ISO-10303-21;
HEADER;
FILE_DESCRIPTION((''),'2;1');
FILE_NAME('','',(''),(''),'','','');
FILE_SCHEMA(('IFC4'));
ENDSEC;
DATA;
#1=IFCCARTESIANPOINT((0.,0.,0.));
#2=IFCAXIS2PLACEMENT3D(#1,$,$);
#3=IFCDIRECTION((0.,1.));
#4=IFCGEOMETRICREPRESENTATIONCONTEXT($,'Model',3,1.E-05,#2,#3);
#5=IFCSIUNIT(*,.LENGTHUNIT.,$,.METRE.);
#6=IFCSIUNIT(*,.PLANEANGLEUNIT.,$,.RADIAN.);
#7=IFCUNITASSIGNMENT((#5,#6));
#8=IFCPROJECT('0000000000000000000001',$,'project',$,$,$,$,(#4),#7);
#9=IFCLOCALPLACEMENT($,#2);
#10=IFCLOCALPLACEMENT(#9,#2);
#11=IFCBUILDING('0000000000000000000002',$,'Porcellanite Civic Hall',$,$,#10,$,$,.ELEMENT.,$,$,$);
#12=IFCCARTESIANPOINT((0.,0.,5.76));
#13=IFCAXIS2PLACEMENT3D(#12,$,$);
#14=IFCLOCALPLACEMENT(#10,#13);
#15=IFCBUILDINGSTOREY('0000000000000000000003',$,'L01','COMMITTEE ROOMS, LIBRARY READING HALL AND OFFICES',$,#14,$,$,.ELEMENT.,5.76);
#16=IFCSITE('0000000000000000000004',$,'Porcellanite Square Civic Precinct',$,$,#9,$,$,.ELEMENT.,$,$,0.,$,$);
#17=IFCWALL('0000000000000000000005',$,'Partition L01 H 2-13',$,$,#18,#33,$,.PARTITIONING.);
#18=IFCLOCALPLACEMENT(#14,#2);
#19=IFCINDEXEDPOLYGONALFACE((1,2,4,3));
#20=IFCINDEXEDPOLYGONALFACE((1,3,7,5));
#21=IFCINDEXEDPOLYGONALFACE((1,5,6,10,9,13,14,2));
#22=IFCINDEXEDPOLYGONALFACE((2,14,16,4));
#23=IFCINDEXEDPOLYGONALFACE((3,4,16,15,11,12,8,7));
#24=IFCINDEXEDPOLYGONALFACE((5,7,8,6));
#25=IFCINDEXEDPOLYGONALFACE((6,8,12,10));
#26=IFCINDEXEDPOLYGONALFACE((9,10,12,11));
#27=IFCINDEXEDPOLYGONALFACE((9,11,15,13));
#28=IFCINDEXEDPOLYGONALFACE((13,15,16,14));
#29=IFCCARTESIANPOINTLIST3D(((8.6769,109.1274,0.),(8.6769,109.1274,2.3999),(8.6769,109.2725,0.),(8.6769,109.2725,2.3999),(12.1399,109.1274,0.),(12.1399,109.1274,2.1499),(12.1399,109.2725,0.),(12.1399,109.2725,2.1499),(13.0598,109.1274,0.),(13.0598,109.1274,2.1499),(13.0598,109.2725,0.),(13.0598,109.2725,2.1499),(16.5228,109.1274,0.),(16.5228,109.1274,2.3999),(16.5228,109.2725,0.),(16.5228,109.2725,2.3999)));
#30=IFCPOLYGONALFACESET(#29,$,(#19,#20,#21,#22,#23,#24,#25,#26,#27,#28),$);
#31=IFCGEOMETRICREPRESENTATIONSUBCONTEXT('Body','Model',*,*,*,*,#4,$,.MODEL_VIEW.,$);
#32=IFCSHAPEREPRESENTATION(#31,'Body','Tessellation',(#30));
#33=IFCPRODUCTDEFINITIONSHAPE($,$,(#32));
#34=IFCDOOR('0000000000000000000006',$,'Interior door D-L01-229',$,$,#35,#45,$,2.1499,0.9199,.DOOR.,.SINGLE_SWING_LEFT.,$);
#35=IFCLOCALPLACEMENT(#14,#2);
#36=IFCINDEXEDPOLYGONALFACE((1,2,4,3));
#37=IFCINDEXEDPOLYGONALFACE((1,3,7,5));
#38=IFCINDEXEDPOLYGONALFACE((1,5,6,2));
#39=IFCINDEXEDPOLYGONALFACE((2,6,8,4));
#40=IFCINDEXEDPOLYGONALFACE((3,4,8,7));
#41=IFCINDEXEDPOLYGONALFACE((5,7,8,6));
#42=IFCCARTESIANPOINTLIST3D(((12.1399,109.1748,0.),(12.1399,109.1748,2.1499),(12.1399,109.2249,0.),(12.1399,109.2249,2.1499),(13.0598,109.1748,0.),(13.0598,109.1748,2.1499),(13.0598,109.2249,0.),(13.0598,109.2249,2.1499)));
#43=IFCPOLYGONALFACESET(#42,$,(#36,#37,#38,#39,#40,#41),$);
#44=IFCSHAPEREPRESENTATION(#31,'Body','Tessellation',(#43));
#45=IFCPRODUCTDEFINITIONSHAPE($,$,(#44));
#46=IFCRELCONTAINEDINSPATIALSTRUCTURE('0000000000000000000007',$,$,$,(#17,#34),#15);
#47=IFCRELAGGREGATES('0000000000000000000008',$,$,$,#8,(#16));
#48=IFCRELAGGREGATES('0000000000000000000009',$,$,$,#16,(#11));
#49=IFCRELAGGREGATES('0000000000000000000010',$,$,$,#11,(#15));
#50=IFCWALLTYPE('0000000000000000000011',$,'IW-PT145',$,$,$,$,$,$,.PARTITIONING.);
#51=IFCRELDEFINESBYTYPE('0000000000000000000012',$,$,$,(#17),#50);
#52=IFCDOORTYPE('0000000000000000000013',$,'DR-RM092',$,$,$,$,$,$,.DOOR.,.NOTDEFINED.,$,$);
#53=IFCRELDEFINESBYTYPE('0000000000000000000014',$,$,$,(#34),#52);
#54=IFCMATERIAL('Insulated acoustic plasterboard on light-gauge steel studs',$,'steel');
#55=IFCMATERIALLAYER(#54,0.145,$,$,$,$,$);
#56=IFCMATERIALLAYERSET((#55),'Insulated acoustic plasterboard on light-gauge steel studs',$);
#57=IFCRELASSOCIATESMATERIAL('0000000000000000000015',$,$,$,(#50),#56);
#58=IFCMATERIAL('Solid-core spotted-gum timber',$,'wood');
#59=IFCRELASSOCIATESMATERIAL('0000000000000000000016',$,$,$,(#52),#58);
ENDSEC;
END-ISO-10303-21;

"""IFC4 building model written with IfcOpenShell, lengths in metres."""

from ifc_helpers import new_model, si_unit, direction, frame, frame_2d, origin, place, context, subcontext, project, spatial, rectangle, extrude, material, layer, layer_set, type_object, element, fill, save


model = new_model("IFC4")

# Units and contexts
model_context = context("Model", 3, precision=1e-05, world=origin(), true_north=direction((0.0, 1.0)))
body_context = subcontext(model_context, "Body", "Model", "MODEL_VIEW")
ifc_project = project(units=[si_unit("LENGTHUNIT", "METRE"), si_unit("PLANEANGLEUNIT", "RADIAN")], contexts=[model_context])

# Site, building, storey
site_placement = place(None, origin())
site = spatial("IfcSite", under=ifc_project, at=site_placement, Name="Porcellanite Square Civic Precinct", CompositionType="ELEMENT", RefElevation=0.0)
building_placement = place(site_placement, origin())
building = spatial("IfcBuilding", under=site, at=building_placement, Name="Porcellanite Civic Hall", CompositionType="ELEMENT")
storey_placement = place(building_placement, frame((0.0, 0.0, 5.76)))
storey = spatial("IfcBuildingStorey", under=building, at=storey_placement, Name="L01", Description="COMMITTEE ROOMS, LIBRARY READING HALL AND OFFICES", CompositionType="ELEMENT", Elevation=5.76)

# Wall, opening, door
ifc_material_1 = material(Name="Insulated acoustic plasterboard on light-gauge steel studs", Category="steel")
ifc_layer_1 = layer(ifc_material_1, 0.145)
ifc_layer_set_1 = layer_set([ifc_layer_1], Name="Insulated acoustic plasterboard on light-gauge steel studs")
wall_type_1 = type_object("IfcWallType", Name="IW-PT145", PredefinedType="PARTITIONING", material=ifc_layer_set_1)
wall_1_placement = place(storey_placement, frame((8.677, 109.2, 0.0), z_axis=(0.0, 0.0, 1.0), x_axis=(1.0, 0.0, 0.0)))
wall_1 = element("IfcWall", 1, at=wall_1_placement, inside=storey, type_object=wall_type_1, Name="Partition L01 H 2-13", PredefinedType="PARTITIONING", context=body_context, shape_type="SweptSolid", body=[
    extrude(rectangle(XDim=7.8459, YDim=0.145, at=frame_2d((3.9229, 0.0))), origin(), (0.0, 0.0, 1.0), 2.3999),
])
opening_1_placement = place(wall_1_placement, frame((3.4629, 0.0, 0.0)))
opening_1 = element("IfcOpeningElement", 2, at=opening_1_placement, cuts=wall_1, PredefinedType="OPENING", context=body_context, shape_type="SweptSolid", body=[
    extrude(rectangle(XDim=0.9199, YDim=2.1499, at=frame_2d((0.46, 1.075))), frame((0.0, 0.0725, 0.0), z_axis=(0.0, -1.0, 0.0), x_axis=(1.0, 0.0, 0.0)), (0.0, 0.0, 1.0), 0.145),
])
ifc_material_2 = material(Name="Solid-core spotted-gum timber", Category="wood")
door_type_1 = type_object("IfcDoorType", Name="DR-RM092", OperationType="NOTDEFINED", PredefinedType="DOOR", material=ifc_material_2)
door_1_placement = place(opening_1_placement, origin())
door_1 = element("IfcDoor", 3, at=door_1_placement, inside=storey, type_object=door_type_1, Name="Interior door D-L01-229", OperationType="SINGLE_SWING_LEFT", OverallHeight=2.1499, OverallWidth=0.9199, PredefinedType="DOOR", context=body_context, shape_type="SweptSolid", body=[
    extrude(rectangle(XDim=0.9199, YDim=2.1499, at=frame_2d((0.46, 1.075))), frame((0.0, 0.0249, 0.0), z_axis=(0.0, -1.0, 0.0), x_axis=(1.0, 0.0, 0.0)), (0.0, 0.0, 1.0), 0.05),
])
fill(opening_1, door_1)

save(model, "model.ifc")
